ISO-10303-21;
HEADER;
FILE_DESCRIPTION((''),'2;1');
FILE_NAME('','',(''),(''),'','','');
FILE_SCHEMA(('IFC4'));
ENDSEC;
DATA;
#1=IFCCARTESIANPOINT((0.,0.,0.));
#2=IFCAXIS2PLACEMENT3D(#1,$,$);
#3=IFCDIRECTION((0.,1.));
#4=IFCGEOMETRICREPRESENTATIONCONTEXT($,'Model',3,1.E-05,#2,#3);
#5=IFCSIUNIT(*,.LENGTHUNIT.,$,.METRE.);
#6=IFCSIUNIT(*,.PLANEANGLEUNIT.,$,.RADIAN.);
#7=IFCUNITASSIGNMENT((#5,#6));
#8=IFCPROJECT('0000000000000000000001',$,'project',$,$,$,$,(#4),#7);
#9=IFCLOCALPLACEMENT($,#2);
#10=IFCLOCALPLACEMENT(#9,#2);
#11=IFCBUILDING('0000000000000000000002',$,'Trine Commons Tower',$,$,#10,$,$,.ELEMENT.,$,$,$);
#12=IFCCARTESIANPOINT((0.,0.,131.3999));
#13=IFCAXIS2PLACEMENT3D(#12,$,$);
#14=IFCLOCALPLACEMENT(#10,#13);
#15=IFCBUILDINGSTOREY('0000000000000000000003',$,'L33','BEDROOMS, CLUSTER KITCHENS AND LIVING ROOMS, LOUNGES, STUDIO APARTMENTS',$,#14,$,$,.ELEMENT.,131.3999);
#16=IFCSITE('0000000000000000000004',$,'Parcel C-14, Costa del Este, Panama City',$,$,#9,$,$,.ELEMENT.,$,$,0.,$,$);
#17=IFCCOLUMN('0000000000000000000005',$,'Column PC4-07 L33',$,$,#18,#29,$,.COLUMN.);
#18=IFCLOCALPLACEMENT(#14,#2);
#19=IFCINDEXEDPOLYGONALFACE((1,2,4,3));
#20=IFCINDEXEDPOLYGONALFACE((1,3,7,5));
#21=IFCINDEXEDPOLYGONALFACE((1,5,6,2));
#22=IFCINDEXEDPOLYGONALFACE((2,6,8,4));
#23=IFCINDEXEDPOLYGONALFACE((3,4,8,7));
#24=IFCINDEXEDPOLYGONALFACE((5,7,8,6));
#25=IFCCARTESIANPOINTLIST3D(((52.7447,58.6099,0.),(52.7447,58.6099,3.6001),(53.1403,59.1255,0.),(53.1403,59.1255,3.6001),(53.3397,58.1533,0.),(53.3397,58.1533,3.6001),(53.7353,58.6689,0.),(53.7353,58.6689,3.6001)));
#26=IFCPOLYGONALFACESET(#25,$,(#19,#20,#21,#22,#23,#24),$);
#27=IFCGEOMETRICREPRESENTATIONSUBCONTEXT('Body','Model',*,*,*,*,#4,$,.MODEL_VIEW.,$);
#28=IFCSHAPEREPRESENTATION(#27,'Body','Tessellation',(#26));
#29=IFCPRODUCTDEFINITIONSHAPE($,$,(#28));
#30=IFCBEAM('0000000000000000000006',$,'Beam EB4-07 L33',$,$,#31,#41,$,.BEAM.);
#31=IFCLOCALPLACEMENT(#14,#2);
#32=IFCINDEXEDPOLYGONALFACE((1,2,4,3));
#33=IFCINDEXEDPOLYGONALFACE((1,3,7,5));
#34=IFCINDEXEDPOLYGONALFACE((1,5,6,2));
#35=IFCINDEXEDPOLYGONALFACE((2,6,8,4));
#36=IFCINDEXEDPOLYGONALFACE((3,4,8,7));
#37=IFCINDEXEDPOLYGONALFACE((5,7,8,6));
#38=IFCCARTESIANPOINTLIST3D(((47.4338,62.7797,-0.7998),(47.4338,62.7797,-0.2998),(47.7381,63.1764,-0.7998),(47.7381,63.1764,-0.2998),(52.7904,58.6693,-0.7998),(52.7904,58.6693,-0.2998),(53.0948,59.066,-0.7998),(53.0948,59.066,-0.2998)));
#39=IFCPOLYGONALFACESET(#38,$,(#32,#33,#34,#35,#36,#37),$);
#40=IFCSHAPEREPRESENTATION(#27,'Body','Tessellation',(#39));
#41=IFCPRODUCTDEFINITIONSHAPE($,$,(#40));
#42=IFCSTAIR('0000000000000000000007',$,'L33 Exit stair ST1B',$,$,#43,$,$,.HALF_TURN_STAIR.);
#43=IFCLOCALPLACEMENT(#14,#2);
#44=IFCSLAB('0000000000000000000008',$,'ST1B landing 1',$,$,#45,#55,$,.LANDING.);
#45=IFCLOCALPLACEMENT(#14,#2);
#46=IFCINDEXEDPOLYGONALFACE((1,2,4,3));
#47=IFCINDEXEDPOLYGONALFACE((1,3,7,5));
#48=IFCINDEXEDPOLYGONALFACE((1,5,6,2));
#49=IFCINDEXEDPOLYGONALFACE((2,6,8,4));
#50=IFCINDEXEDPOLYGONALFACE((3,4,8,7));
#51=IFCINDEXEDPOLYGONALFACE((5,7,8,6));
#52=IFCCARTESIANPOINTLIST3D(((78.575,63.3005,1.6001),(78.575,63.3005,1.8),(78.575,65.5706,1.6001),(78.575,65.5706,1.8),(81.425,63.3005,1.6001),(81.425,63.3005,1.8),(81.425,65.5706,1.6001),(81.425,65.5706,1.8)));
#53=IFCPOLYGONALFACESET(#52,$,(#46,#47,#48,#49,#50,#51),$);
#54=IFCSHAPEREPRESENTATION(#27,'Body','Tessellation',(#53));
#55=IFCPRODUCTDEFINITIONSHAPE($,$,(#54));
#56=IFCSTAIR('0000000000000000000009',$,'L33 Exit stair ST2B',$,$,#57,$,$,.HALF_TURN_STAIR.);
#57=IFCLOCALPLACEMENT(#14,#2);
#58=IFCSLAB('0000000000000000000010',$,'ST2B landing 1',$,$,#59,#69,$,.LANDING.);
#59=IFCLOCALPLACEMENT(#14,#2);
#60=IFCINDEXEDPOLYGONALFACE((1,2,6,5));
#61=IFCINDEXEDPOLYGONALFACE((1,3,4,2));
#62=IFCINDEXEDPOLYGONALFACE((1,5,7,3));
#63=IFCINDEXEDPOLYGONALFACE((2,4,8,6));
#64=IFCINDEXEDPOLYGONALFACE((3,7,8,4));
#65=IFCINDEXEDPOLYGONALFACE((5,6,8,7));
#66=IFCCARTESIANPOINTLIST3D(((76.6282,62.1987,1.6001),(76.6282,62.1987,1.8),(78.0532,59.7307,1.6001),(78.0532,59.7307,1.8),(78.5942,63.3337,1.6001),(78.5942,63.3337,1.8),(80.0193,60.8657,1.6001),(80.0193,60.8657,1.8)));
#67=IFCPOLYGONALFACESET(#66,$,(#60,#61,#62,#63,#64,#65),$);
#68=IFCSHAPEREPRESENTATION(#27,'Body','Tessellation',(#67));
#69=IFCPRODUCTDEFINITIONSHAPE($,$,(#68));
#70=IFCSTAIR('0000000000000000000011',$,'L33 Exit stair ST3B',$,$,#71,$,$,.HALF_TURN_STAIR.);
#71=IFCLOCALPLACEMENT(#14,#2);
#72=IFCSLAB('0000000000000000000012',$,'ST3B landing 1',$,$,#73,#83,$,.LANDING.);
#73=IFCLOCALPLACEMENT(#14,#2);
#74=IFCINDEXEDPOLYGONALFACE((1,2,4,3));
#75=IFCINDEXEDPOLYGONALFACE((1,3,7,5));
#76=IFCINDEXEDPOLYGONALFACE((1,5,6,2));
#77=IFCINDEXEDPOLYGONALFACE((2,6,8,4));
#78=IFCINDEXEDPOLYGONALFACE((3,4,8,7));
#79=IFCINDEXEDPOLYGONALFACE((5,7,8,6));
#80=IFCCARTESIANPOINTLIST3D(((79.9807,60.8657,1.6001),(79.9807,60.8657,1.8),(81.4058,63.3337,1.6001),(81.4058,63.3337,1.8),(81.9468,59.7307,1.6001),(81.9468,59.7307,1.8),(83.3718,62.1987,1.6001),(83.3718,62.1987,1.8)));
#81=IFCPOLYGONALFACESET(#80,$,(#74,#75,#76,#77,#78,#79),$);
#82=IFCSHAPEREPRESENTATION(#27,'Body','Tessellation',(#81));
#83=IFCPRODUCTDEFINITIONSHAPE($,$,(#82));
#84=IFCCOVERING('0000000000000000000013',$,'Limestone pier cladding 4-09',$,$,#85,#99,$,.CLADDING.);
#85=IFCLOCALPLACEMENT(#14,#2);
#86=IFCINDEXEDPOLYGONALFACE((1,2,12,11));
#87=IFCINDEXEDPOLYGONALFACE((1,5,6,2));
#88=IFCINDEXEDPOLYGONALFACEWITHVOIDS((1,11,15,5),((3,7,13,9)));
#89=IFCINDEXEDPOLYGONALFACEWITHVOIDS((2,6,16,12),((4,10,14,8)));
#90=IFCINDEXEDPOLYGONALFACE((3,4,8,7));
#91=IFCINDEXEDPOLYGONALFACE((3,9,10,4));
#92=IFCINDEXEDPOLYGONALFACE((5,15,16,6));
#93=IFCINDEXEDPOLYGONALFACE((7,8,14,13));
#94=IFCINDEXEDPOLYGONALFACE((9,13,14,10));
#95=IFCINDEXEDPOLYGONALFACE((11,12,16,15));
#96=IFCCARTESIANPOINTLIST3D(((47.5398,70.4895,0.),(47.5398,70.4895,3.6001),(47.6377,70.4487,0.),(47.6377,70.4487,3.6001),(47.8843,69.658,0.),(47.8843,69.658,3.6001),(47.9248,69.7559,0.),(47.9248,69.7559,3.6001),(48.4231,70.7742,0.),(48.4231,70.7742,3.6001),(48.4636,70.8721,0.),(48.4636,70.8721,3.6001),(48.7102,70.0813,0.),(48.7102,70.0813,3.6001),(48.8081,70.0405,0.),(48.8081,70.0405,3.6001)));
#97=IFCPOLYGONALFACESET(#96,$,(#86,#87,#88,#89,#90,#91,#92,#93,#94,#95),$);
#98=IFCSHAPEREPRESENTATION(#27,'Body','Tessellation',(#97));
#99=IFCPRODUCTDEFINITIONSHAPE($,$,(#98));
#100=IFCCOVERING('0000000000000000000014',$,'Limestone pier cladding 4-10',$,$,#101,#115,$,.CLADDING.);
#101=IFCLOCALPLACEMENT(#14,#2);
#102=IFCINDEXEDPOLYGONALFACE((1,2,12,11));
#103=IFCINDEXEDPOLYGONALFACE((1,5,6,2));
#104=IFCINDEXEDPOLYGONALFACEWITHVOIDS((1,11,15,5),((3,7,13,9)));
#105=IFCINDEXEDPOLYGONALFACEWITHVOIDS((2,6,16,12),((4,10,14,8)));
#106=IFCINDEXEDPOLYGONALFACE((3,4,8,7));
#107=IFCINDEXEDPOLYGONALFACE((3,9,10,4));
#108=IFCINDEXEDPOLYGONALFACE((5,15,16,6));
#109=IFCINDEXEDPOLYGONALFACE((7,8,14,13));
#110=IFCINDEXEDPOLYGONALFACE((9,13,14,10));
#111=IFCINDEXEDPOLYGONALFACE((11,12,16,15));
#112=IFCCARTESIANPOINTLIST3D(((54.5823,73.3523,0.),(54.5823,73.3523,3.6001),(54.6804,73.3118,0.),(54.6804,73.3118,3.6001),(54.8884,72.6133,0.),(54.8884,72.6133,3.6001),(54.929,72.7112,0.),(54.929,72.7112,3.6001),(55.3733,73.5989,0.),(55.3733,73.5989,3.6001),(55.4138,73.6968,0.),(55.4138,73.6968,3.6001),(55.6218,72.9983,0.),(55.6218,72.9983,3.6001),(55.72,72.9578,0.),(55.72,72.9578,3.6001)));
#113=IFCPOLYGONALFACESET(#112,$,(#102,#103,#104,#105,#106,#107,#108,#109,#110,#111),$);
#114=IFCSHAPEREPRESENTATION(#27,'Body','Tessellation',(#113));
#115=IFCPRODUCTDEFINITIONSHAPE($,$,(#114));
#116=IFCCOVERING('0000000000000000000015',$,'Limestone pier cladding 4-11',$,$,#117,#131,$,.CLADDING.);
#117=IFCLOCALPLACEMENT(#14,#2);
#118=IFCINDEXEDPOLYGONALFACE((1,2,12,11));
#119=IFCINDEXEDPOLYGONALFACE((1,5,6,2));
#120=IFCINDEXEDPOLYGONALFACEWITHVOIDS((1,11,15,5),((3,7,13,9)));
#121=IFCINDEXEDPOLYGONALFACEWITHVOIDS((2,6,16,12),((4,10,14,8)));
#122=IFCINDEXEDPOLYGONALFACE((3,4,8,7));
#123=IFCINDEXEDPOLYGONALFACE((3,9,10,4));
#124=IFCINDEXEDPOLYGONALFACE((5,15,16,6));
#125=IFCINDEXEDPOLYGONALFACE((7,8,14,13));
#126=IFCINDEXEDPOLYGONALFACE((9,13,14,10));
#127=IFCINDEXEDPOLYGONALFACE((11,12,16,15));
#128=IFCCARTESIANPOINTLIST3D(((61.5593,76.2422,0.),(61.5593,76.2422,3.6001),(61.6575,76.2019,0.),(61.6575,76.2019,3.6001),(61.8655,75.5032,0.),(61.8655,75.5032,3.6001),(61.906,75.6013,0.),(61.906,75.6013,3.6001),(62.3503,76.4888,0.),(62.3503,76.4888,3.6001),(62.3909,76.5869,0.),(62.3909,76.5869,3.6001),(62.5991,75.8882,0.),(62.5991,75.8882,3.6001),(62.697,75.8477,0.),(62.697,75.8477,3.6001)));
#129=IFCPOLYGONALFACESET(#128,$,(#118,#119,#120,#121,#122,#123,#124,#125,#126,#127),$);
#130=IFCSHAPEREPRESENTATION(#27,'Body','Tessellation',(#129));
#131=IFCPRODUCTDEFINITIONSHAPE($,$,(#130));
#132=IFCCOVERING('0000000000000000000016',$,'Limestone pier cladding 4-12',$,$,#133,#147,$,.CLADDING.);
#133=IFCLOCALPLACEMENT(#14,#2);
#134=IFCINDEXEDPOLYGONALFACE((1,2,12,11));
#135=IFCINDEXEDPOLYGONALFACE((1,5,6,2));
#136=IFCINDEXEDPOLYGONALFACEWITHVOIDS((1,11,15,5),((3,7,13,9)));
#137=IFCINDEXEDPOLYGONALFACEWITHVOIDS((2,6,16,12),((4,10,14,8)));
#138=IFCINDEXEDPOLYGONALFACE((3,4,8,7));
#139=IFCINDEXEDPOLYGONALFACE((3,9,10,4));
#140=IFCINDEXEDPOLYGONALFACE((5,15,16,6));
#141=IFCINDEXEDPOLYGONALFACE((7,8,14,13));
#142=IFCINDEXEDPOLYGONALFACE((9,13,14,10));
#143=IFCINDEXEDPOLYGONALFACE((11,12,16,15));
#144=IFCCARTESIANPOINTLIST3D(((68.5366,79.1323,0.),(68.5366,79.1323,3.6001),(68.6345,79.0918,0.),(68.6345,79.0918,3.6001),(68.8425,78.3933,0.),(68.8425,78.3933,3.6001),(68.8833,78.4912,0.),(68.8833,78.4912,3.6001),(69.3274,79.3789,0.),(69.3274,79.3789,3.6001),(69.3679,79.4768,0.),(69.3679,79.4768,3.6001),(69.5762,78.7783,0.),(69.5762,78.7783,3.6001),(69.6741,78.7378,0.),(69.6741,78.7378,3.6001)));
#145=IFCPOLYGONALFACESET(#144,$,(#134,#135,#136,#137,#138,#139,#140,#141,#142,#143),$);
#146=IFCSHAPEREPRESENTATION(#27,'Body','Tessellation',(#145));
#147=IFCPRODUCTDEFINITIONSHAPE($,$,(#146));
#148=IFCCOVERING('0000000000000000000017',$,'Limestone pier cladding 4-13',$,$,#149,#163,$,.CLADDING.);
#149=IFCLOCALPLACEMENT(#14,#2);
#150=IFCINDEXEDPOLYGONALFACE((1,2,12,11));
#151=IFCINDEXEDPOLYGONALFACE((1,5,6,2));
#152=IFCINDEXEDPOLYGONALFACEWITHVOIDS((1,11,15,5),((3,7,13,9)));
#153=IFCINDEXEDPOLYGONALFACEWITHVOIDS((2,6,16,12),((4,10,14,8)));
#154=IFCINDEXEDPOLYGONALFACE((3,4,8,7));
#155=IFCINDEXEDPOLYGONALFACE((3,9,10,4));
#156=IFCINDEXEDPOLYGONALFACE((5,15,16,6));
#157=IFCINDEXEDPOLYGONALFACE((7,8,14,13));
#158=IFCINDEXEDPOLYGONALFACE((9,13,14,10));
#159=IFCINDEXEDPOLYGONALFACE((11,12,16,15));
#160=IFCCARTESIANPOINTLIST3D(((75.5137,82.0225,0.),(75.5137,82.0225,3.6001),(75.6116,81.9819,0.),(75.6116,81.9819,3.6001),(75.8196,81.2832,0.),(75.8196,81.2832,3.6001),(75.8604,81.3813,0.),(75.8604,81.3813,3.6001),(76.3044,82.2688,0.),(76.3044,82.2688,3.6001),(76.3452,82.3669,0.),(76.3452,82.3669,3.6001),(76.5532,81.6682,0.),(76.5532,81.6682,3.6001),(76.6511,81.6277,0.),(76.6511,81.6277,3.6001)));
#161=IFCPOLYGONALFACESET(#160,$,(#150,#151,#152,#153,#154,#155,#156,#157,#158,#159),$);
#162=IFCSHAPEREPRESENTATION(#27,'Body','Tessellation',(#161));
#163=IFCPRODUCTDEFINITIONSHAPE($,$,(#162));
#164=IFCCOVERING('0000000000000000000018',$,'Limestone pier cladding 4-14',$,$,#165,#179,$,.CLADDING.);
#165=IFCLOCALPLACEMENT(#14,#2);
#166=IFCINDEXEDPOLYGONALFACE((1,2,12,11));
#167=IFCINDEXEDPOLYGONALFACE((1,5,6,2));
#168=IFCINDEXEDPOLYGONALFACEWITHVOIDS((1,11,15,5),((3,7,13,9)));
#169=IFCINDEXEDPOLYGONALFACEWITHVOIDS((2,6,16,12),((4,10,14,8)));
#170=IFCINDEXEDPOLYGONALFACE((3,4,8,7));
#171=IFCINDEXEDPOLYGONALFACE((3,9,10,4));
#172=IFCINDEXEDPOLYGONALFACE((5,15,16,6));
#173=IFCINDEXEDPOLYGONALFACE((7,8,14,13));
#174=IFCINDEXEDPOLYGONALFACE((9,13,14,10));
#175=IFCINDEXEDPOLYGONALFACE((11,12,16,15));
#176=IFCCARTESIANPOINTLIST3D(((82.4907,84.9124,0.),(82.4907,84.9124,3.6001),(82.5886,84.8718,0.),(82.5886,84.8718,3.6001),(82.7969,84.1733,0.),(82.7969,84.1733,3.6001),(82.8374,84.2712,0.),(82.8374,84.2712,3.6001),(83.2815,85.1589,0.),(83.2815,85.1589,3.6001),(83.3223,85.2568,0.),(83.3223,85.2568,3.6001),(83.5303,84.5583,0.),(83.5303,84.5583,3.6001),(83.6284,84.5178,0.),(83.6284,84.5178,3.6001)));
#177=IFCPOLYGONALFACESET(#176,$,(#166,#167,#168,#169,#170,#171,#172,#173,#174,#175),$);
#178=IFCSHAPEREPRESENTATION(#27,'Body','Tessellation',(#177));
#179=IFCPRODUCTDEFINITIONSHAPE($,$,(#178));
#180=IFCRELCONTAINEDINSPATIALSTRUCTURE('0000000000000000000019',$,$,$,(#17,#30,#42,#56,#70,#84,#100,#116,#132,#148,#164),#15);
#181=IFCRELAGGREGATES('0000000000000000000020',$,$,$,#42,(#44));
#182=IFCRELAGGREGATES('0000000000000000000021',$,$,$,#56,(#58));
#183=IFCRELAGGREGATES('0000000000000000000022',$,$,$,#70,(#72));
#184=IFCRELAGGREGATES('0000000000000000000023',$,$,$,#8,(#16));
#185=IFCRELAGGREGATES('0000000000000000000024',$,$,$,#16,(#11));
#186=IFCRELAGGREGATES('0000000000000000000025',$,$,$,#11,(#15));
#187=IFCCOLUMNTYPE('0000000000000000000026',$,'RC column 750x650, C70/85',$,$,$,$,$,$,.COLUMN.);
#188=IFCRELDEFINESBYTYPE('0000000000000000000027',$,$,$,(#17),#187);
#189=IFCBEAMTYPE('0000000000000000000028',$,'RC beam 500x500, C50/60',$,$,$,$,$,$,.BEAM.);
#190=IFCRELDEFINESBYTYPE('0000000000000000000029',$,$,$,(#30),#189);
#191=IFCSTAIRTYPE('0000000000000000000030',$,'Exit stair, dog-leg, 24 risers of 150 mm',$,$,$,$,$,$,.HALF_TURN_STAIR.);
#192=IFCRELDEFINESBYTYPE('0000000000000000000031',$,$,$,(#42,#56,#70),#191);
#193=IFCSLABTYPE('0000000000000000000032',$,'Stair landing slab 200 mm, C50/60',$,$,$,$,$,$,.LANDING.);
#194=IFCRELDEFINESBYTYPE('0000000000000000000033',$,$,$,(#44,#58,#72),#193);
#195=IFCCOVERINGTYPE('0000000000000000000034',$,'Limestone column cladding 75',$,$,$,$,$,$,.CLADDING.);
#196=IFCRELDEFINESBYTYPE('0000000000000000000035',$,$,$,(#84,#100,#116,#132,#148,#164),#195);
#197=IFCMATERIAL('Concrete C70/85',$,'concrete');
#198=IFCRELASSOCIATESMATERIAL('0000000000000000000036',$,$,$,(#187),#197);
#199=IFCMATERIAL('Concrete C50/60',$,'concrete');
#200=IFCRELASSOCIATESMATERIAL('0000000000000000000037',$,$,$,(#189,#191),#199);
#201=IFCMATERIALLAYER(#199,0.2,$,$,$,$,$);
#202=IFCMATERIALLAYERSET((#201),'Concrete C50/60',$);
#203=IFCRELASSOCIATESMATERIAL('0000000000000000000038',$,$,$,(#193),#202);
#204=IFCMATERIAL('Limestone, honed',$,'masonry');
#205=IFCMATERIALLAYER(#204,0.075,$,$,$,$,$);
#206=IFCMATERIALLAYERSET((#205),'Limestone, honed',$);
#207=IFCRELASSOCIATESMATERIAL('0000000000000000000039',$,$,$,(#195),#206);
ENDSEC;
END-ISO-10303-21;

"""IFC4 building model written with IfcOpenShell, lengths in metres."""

from ifc_helpers import new_model, si_unit, direction, frame, origin, origin_2d, place, context, subcontext, project, spatial, polyline, rectangle, outline, extrude, material, layer, layer_set, material_profile, profile_set, type_object, element, aggregate, save


model = new_model("IFC4")

# Units and contexts
model_context = context("Model", 3, precision=1e-05, world=origin(), true_north=direction((0.0, 1.0)))
body_context = subcontext(model_context, "Body", "Model", "MODEL_VIEW")
ifc_project = project(units=[si_unit("LENGTHUNIT", "METRE"), si_unit("PLANEANGLEUNIT", "RADIAN")], contexts=[model_context])

# Site, building, storey
site_placement = place(None, origin())
site = spatial("IfcSite", under=ifc_project, at=site_placement, Name="Parcel C-14, Costa del Este, Panama City", CompositionType="ELEMENT", RefElevation=0.0)
building_placement = place(site_placement, origin())
building = spatial("IfcBuilding", under=site, at=building_placement, Name="Trine Commons Tower", CompositionType="ELEMENT")
storey_placement = place(building_placement, frame((0.0, 0.0, 131.3999)))
storey = spatial("IfcBuildingStorey", under=building, at=storey_placement, Name="L33", Description="BEDROOMS, CLUSTER KITCHENS AND LIVING ROOMS, LOUNGES, STUDIO APARTMENTS", CompositionType="ELEMENT", Elevation=131.3999)

# Column
ifc_material_1 = material(Name="Concrete C70/85", Category="concrete")
ifc_material_profile_1 = material_profile(ifc_material_1, rectangle(XDim=0.75, YDim=0.6499, at=origin_2d()), Name="RC 750x650")
ifc_profile_set_1 = profile_set([ifc_material_profile_1], Name="Concrete C70/85")
column_type = type_object("IfcColumnType", Name="RC column 750x650, C70/85", PredefinedType="COLUMN", material=ifc_profile_set_1)
column_placement = place(storey_placement, frame((53.24, 58.6394, 0.0), z_axis=(0.0, 0.0, 1.0), x_axis=(-0.793353, 0.608761, 0.0)))
element("IfcColumn", 1, at=column_placement, inside=storey, type_object=column_type, Name="Column PC4-07 L33", PredefinedType="COLUMN", context=body_context, shape_type="SweptSolid", body=[
    extrude(rectangle(XDim=0.75, YDim=0.6499, at=origin_2d()), origin(), (0.0, 0.0, 1.0), 3.6001),
])

# Beam
ifc_material_2 = material(Name="Concrete C50/60", Category="concrete")
ifc_material_profile_2 = material_profile(ifc_material_2, rectangle(XDim=0.5, YDim=0.5, at=origin_2d()), Name="RC 500x500")
ifc_profile_set_2 = profile_set([ifc_material_profile_2], Name="Concrete C50/60")
beam_type = type_object("IfcBeamType", Name="RC beam 500x500, C50/60", PredefinedType="BEAM", material=ifc_profile_set_2)
beam_placement = place(storey_placement, frame((52.9426, 58.8677, -0.5498), z_axis=(-0.793352, 0.608763, 0.0), x_axis=(-0.608763, -0.793352, 0.0)))
element("IfcBeam", 2, at=beam_placement, inside=storey, type_object=beam_type, Name="Beam EB4-07 L33", PredefinedType="BEAM", context=body_context, shape_type="SweptSolid", body=[
    extrude(rectangle(XDim=0.5, YDim=0.5, at=origin_2d()), origin(), (0.0, 0.0, 1.0), 6.752),
])

# Stairs, slabs
stair_type = type_object("IfcStairType", Name="Exit stair, dog-leg, 24 risers of 150 mm", PredefinedType="HALF_TURN_STAIR", material=ifc_material_2)
stair_1_placement = place(storey_placement, origin())
stair_1 = element("IfcStair", 3, at=stair_1_placement, inside=storey, type_object=stair_type, Name="L33 Exit stair ST1B", PredefinedType="HALF_TURN_STAIR")
ifc_layer_1 = layer(ifc_material_2, 0.2)
ifc_layer_set_1 = layer_set([ifc_layer_1], Name="Concrete C50/60")
slab_type = type_object("IfcSlabType", Name="Stair landing slab 200 mm, C50/60", PredefinedType="LANDING", material=ifc_layer_set_1)
slab_1_placement = place(storey_placement, frame((0.0, 0.0, 1.6001)))
slab_1 = element("IfcSlab", 4, at=slab_1_placement, type_object=slab_type, Name="ST1B landing 1", PredefinedType="LANDING", context=body_context, shape_type="SweptSolid", body=[
    extrude(outline(polyline([(78.575, 65.5706), (78.575, 63.3005), (81.425, 63.3005), (81.425, 65.5706), (78.575, 65.5706)])), origin(), (0.0, 0.0, 1.0), 0.2),
])
aggregate(stair_1, [slab_1])
stair_2_placement = place(storey_placement, origin())
stair_2 = element("IfcStair", 5, at=stair_2_placement, inside=storey, type_object=stair_type, Name="L33 Exit stair ST2B", PredefinedType="HALF_TURN_STAIR")
slab_2_placement = place(storey_placement, frame((0.0, 0.0, 1.6001)))
slab_2 = element("IfcSlab", 6, at=slab_2_placement, type_object=slab_type, Name="ST2B landing 1", PredefinedType="LANDING", context=body_context, shape_type="SweptSolid", body=[
    extrude(outline(polyline([(78.0532, 59.7307), (80.0193, 60.8657), (78.5942, 63.3337), (76.6282, 62.1987), (78.0532, 59.7307)])), origin(), (0.0, 0.0, 1.0), 0.2),
])
aggregate(stair_2, [slab_2])
stair_3_placement = place(storey_placement, origin())
stair_3 = element("IfcStair", 7, at=stair_3_placement, inside=storey, type_object=stair_type, Name="L33 Exit stair ST3B", PredefinedType="HALF_TURN_STAIR")
slab_3_placement = place(storey_placement, frame((0.0, 0.0, 1.6001)))
slab_3 = element("IfcSlab", 8, at=slab_3_placement, type_object=slab_type, Name="ST3B landing 1", PredefinedType="LANDING", context=body_context, shape_type="SweptSolid", body=[
    extrude(outline(polyline([(83.3718, 62.1987), (81.4058, 63.3337), (79.9807, 60.8657), (81.9468, 59.7307), (83.3718, 62.1987)])), origin(), (0.0, 0.0, 1.0), 0.2),
])
aggregate(stair_3, [slab_3])

# Coverings
ifc_material_3 = material(Name="Limestone, honed", Category="masonry")
ifc_layer_2 = layer(ifc_material_3, 0.075)
ifc_layer_set_2 = layer_set([ifc_layer_2], Name="Limestone, honed")
covering_type_1 = type_object("IfcCoveringType", Name="Limestone column cladding 75", PredefinedType="CLADDING", material=ifc_layer_set_2)
covering_1_placement = place(storey_placement, origin())
element("IfcCovering", 9, at=covering_1_placement, inside=storey, type_object=covering_type_1, Name="Limestone pier cladding 4-09", PredefinedType="CLADDING", context=body_context, shape_type="SweptSolid", body=[
    extrude(outline(polyline([(48.8081, 70.0405), (48.4636, 70.8721), (47.5398, 70.4895), (47.8843, 69.658), (48.8081, 70.0405)]), holes=[polyline([(48.7102, 70.0813), (48.4231, 70.7742), (47.6377, 70.4487), (47.9248, 69.7559), (48.7102, 70.0813)])]), origin(), (0.0, 0.0, 1.0), 3.6001),
])
covering_2_placement = place(storey_placement, origin())
element("IfcCovering", 10, at=covering_2_placement, inside=storey, type_object=covering_type_1, Name="Limestone pier cladding 4-10", PredefinedType="CLADDING", context=body_context, shape_type="SweptSolid", body=[
    extrude(outline(polyline([(55.72, 72.9578), (55.4138, 73.6968), (54.5823, 73.3523), (54.8884, 72.6133), (55.72, 72.9578)]), holes=[polyline([(55.6218, 72.9983), (55.3733, 73.5989), (54.6804, 73.3118), (54.929, 72.7112), (55.6218, 72.9983)])]), origin(), (0.0, 0.0, 1.0), 3.6001),
])
covering_3_placement = place(storey_placement, origin())
element("IfcCovering", 11, at=covering_3_placement, inside=storey, type_object=covering_type_1, Name="Limestone pier cladding 4-11", PredefinedType="CLADDING", context=body_context, shape_type="SweptSolid", body=[
    extrude(outline(polyline([(62.697, 75.8477), (62.3909, 76.5869), (61.5593, 76.2422), (61.8655, 75.5032), (62.697, 75.8477)]), holes=[polyline([(62.5991, 75.8882), (62.3503, 76.4888), (61.6575, 76.2019), (61.906, 75.6013), (62.5991, 75.8882)])]), origin(), (0.0, 0.0, 1.0), 3.6001),
])
covering_4_placement = place(storey_placement, origin())
element("IfcCovering", 12, at=covering_4_placement, inside=storey, type_object=covering_type_1, Name="Limestone pier cladding 4-12", PredefinedType="CLADDING", context=body_context, shape_type="SweptSolid", body=[
    extrude(outline(polyline([(69.6741, 78.7378), (69.3679, 79.4768), (68.5366, 79.1323), (68.8425, 78.3933), (69.6741, 78.7378)]), holes=[polyline([(69.5762, 78.7783), (69.3274, 79.3789), (68.6345, 79.0918), (68.8833, 78.4912), (69.5762, 78.7783)])]), origin(), (0.0, 0.0, 1.0), 3.6001),
])
covering_5_placement = place(storey_placement, origin())
element("IfcCovering", 13, at=covering_5_placement, inside=storey, type_object=covering_type_1, Name="Limestone pier cladding 4-13", PredefinedType="CLADDING", context=body_context, shape_type="SweptSolid", body=[
    extrude(outline(polyline([(76.6511, 81.6277), (76.3452, 82.3669), (75.5137, 82.0225), (75.8196, 81.2832), (76.6511, 81.6277)]), holes=[polyline([(76.5532, 81.6682), (76.3044, 82.2688), (75.6116, 81.9819), (75.8604, 81.3813), (76.5532, 81.6682)])]), origin(), (0.0, 0.0, 1.0), 3.6001),
])
covering_6_placement = place(storey_placement, origin())
element("IfcCovering", 14, at=covering_6_placement, inside=storey, type_object=covering_type_1, Name="Limestone pier cladding 4-14", PredefinedType="CLADDING", context=body_context, shape_type="SweptSolid", body=[
    extrude(outline(polyline([(83.6284, 84.5178), (83.3223, 85.2568), (82.4907, 84.9124), (82.7969, 84.1733), (83.6284, 84.5178)]), holes=[polyline([(83.5303, 84.5583), (83.2815, 85.1589), (82.5886, 84.8718), (82.8374, 84.2712), (83.5303, 84.5583)])]), origin(), (0.0, 0.0, 1.0), 3.6001),
])

save(model, "model.ifc")
